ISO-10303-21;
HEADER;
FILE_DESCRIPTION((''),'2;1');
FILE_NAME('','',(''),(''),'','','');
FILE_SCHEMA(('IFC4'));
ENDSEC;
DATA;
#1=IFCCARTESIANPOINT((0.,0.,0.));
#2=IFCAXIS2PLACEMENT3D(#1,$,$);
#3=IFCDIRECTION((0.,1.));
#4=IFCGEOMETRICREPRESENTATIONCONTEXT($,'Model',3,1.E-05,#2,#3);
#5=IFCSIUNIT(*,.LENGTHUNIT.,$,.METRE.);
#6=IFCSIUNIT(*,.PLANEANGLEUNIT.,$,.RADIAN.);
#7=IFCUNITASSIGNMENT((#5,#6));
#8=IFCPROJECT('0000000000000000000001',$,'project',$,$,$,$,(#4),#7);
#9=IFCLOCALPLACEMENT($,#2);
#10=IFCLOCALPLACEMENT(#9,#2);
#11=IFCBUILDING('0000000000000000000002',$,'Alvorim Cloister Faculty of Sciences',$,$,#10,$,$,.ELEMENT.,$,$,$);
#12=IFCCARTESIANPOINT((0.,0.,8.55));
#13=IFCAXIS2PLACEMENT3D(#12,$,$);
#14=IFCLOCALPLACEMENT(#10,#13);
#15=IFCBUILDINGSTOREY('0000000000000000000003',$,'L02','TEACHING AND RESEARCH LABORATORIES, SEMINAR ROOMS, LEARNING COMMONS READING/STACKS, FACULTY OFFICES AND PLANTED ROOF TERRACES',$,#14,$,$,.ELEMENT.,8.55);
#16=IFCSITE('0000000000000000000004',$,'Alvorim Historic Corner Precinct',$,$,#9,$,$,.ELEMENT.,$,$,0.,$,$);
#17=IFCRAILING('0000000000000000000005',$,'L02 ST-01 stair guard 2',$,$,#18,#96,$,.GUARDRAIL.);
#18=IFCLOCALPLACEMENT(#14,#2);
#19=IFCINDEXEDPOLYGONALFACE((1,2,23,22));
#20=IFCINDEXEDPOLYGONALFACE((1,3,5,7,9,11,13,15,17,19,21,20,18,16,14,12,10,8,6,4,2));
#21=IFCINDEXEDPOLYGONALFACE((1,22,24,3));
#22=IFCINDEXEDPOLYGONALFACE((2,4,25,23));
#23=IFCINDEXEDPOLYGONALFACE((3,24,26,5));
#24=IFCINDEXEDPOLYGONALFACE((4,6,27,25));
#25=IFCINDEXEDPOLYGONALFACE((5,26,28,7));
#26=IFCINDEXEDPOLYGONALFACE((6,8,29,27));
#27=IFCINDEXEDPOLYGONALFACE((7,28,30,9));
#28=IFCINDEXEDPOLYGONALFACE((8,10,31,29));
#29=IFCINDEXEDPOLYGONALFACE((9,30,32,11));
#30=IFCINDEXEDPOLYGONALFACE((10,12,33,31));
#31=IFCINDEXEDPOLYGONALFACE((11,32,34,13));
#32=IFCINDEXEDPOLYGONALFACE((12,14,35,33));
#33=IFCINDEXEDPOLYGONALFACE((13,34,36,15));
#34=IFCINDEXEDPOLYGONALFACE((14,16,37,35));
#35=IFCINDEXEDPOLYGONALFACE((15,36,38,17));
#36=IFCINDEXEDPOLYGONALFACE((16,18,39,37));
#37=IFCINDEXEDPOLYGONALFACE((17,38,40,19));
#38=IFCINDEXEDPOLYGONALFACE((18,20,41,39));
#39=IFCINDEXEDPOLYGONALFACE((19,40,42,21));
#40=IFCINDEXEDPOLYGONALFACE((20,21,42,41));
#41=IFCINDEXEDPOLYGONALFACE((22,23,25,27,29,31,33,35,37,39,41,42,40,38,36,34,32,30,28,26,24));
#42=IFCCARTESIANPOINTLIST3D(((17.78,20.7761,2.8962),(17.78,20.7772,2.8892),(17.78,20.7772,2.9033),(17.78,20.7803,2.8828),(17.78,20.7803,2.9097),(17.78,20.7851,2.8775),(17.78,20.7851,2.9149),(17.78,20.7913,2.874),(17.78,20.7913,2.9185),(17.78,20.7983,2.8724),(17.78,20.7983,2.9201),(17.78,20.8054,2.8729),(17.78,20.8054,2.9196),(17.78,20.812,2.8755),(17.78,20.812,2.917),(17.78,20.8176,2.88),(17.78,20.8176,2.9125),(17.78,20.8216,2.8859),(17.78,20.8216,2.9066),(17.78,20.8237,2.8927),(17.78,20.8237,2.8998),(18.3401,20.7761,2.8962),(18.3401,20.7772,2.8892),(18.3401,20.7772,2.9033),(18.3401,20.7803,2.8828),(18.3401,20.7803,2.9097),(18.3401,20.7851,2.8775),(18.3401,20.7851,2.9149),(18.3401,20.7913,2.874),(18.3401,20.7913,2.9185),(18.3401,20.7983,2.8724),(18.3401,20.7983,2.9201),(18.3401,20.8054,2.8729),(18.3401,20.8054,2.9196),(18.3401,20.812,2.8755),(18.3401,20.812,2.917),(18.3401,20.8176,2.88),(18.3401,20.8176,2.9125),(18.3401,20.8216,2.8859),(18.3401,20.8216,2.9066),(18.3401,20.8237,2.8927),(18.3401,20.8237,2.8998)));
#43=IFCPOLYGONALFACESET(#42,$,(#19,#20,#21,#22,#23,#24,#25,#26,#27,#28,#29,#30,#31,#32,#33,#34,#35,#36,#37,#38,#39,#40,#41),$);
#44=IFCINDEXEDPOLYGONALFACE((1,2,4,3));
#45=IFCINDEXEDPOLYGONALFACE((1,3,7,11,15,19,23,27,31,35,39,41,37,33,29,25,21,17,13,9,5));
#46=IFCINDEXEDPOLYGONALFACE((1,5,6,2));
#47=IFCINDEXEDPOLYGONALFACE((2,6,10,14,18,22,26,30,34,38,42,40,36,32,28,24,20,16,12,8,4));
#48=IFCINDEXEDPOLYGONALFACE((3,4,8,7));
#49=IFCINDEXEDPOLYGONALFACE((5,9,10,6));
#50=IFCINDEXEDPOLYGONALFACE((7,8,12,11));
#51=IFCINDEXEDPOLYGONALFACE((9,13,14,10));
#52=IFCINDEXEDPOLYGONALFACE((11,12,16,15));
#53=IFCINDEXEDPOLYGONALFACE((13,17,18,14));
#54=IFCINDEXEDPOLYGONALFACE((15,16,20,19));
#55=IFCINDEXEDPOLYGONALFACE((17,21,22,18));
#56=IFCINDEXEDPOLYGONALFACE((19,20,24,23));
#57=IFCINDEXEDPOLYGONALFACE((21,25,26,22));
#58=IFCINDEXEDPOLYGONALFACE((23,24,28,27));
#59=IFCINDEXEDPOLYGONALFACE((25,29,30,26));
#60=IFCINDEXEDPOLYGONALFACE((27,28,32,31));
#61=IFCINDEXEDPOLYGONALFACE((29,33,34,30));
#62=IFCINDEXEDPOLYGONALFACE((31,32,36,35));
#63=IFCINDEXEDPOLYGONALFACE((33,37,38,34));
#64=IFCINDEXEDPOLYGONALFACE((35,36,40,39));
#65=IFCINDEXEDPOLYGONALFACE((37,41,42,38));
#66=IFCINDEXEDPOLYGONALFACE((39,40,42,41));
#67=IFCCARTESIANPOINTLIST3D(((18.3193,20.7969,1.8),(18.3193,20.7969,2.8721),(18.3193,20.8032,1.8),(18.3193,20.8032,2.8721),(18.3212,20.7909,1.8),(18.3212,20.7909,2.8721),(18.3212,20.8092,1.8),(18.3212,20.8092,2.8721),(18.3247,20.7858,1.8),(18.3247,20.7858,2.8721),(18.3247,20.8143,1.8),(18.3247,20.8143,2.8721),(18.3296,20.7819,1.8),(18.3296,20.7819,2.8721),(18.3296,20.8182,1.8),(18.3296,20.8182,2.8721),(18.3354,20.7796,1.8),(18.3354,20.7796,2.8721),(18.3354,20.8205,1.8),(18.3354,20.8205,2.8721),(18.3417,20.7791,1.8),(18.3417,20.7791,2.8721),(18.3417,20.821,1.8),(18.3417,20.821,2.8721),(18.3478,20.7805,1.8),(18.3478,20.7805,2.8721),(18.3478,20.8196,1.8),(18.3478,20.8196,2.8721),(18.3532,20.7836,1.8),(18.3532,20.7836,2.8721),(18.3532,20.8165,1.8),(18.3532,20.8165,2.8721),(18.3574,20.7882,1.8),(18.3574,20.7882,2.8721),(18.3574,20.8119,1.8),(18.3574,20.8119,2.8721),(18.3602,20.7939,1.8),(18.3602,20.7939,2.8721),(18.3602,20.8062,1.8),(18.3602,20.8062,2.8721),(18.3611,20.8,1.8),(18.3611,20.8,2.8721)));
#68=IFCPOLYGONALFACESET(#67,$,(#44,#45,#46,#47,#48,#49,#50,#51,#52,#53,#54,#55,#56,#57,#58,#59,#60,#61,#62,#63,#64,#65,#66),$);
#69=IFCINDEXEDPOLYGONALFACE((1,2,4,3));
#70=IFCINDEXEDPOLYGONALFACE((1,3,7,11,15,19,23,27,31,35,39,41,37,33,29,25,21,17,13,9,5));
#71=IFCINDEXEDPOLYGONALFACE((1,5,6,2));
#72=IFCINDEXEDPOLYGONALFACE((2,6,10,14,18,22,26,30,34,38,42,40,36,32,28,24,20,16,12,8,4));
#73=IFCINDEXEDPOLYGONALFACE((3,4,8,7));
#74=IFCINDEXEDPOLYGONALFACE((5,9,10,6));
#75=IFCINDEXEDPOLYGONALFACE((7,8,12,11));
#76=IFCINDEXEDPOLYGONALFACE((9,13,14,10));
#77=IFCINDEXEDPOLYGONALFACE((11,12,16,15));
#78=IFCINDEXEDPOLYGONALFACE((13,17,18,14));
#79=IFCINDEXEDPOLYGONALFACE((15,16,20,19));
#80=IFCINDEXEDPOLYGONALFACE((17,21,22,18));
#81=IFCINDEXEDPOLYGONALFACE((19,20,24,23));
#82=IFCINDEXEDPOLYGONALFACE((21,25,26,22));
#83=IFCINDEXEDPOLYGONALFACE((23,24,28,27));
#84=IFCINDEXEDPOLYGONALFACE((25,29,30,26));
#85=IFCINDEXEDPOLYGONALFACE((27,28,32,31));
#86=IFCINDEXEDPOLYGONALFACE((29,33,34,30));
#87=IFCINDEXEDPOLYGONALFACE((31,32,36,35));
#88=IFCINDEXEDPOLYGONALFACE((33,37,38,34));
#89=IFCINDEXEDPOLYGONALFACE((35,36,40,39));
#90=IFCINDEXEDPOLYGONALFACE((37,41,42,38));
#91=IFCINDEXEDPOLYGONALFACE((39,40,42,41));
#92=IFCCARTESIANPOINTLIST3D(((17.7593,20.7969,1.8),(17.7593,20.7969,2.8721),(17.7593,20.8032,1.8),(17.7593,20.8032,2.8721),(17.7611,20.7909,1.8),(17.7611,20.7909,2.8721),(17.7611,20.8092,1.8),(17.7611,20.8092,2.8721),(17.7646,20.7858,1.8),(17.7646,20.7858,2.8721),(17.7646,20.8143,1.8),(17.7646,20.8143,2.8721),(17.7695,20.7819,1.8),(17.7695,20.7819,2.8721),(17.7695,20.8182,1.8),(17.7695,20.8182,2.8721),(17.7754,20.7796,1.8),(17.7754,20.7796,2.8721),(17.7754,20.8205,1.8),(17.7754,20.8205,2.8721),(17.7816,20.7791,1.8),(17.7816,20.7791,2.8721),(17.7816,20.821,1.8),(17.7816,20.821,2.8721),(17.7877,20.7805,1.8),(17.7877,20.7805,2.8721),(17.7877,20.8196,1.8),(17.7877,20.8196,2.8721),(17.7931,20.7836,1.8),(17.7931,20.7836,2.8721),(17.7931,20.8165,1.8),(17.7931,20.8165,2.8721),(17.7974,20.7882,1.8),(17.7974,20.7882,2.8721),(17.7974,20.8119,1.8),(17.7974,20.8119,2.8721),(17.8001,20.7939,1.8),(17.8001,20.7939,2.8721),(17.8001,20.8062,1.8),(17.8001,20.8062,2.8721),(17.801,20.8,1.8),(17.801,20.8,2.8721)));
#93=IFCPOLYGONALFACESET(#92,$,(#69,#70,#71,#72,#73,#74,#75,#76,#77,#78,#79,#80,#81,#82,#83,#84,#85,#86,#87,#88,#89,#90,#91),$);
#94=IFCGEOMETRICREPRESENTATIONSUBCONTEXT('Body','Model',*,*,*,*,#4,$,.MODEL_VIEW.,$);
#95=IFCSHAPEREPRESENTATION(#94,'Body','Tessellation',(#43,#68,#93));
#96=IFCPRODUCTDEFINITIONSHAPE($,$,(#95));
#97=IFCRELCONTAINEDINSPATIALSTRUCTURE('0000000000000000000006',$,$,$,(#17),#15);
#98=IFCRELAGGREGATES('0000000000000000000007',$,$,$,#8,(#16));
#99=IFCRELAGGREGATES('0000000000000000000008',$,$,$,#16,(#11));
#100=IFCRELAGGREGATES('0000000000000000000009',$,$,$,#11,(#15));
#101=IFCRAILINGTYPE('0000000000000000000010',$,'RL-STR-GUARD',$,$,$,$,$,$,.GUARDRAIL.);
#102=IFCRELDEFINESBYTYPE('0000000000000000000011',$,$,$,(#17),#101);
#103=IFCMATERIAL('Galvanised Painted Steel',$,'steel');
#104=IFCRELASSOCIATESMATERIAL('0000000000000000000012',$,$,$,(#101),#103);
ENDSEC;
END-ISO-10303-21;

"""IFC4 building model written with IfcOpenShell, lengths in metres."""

from ifc_helpers import new_model, si_unit, direction, frame, origin, origin_2d, place, context, subcontext, project, spatial, circle, extrude, material, type_object, element, save


model = new_model("IFC4")

# Units and contexts
model_context = context("Model", 3, precision=1e-05, world=origin(), true_north=direction((0.0, 1.0)))
body_context = subcontext(model_context, "Body", "Model", "MODEL_VIEW")
ifc_project = project(units=[si_unit("LENGTHUNIT", "METRE"), si_unit("PLANEANGLEUNIT", "RADIAN")], contexts=[model_context])

# Site, building, storey
site_placement = place(None, origin())
site = spatial("IfcSite", under=ifc_project, at=site_placement, Name="Alvorim Historic Corner Precinct", CompositionType="ELEMENT", RefElevation=0.0)
building_placement = place(site_placement, origin())
building = spatial("IfcBuilding", under=site, at=building_placement, Name="Alvorim Cloister Faculty of Sciences", CompositionType="ELEMENT")
storey_placement = place(building_placement, frame((0.0, 0.0, 8.55)))
storey = spatial("IfcBuildingStorey", under=building, at=storey_placement, Name="L02", Description="TEACHING AND RESEARCH LABORATORIES, SEMINAR ROOMS, LEARNING COMMONS READING/STACKS, FACULTY OFFICES AND PLANTED ROOF TERRACES", CompositionType="ELEMENT", Elevation=8.55)

# Railing
ifc_material_1 = material(Name="Galvanised Painted Steel", Category="steel")
railing_type_1 = type_object("IfcRailingType", Name="RL-STR-GUARD", PredefinedType="GUARDRAIL", material=ifc_material_1)
railing_1_placement = place(storey_placement, frame((18.3401, 20.8, 1.8)))
element("IfcRailing", 1, at=railing_1_placement, inside=storey, type_object=railing_type_1, Name="L02 ST-01 stair guard 2", PredefinedType="GUARDRAIL", context=body_context, shape_type="SweptSolid", body=[
    extrude(circle(Radius=0.0239, at=origin_2d()), frame((0.0, 0.0, 1.0962), z_axis=(-1.0, 0.0, 0.0), x_axis=(0.0, -1.0, 0.0)), (0.0, 0.0, 1.0), 0.5601),
    extrude(circle(Radius=0.021, at=origin_2d()), origin(), (0.0, 0.0, 1.0), 1.072),
    extrude(circle(Radius=0.021, at=origin_2d()), frame((-0.5601, 0.0, 0.0)), (0.0, 0.0, 1.0), 1.072),
])

save(model, "model.ifc")
